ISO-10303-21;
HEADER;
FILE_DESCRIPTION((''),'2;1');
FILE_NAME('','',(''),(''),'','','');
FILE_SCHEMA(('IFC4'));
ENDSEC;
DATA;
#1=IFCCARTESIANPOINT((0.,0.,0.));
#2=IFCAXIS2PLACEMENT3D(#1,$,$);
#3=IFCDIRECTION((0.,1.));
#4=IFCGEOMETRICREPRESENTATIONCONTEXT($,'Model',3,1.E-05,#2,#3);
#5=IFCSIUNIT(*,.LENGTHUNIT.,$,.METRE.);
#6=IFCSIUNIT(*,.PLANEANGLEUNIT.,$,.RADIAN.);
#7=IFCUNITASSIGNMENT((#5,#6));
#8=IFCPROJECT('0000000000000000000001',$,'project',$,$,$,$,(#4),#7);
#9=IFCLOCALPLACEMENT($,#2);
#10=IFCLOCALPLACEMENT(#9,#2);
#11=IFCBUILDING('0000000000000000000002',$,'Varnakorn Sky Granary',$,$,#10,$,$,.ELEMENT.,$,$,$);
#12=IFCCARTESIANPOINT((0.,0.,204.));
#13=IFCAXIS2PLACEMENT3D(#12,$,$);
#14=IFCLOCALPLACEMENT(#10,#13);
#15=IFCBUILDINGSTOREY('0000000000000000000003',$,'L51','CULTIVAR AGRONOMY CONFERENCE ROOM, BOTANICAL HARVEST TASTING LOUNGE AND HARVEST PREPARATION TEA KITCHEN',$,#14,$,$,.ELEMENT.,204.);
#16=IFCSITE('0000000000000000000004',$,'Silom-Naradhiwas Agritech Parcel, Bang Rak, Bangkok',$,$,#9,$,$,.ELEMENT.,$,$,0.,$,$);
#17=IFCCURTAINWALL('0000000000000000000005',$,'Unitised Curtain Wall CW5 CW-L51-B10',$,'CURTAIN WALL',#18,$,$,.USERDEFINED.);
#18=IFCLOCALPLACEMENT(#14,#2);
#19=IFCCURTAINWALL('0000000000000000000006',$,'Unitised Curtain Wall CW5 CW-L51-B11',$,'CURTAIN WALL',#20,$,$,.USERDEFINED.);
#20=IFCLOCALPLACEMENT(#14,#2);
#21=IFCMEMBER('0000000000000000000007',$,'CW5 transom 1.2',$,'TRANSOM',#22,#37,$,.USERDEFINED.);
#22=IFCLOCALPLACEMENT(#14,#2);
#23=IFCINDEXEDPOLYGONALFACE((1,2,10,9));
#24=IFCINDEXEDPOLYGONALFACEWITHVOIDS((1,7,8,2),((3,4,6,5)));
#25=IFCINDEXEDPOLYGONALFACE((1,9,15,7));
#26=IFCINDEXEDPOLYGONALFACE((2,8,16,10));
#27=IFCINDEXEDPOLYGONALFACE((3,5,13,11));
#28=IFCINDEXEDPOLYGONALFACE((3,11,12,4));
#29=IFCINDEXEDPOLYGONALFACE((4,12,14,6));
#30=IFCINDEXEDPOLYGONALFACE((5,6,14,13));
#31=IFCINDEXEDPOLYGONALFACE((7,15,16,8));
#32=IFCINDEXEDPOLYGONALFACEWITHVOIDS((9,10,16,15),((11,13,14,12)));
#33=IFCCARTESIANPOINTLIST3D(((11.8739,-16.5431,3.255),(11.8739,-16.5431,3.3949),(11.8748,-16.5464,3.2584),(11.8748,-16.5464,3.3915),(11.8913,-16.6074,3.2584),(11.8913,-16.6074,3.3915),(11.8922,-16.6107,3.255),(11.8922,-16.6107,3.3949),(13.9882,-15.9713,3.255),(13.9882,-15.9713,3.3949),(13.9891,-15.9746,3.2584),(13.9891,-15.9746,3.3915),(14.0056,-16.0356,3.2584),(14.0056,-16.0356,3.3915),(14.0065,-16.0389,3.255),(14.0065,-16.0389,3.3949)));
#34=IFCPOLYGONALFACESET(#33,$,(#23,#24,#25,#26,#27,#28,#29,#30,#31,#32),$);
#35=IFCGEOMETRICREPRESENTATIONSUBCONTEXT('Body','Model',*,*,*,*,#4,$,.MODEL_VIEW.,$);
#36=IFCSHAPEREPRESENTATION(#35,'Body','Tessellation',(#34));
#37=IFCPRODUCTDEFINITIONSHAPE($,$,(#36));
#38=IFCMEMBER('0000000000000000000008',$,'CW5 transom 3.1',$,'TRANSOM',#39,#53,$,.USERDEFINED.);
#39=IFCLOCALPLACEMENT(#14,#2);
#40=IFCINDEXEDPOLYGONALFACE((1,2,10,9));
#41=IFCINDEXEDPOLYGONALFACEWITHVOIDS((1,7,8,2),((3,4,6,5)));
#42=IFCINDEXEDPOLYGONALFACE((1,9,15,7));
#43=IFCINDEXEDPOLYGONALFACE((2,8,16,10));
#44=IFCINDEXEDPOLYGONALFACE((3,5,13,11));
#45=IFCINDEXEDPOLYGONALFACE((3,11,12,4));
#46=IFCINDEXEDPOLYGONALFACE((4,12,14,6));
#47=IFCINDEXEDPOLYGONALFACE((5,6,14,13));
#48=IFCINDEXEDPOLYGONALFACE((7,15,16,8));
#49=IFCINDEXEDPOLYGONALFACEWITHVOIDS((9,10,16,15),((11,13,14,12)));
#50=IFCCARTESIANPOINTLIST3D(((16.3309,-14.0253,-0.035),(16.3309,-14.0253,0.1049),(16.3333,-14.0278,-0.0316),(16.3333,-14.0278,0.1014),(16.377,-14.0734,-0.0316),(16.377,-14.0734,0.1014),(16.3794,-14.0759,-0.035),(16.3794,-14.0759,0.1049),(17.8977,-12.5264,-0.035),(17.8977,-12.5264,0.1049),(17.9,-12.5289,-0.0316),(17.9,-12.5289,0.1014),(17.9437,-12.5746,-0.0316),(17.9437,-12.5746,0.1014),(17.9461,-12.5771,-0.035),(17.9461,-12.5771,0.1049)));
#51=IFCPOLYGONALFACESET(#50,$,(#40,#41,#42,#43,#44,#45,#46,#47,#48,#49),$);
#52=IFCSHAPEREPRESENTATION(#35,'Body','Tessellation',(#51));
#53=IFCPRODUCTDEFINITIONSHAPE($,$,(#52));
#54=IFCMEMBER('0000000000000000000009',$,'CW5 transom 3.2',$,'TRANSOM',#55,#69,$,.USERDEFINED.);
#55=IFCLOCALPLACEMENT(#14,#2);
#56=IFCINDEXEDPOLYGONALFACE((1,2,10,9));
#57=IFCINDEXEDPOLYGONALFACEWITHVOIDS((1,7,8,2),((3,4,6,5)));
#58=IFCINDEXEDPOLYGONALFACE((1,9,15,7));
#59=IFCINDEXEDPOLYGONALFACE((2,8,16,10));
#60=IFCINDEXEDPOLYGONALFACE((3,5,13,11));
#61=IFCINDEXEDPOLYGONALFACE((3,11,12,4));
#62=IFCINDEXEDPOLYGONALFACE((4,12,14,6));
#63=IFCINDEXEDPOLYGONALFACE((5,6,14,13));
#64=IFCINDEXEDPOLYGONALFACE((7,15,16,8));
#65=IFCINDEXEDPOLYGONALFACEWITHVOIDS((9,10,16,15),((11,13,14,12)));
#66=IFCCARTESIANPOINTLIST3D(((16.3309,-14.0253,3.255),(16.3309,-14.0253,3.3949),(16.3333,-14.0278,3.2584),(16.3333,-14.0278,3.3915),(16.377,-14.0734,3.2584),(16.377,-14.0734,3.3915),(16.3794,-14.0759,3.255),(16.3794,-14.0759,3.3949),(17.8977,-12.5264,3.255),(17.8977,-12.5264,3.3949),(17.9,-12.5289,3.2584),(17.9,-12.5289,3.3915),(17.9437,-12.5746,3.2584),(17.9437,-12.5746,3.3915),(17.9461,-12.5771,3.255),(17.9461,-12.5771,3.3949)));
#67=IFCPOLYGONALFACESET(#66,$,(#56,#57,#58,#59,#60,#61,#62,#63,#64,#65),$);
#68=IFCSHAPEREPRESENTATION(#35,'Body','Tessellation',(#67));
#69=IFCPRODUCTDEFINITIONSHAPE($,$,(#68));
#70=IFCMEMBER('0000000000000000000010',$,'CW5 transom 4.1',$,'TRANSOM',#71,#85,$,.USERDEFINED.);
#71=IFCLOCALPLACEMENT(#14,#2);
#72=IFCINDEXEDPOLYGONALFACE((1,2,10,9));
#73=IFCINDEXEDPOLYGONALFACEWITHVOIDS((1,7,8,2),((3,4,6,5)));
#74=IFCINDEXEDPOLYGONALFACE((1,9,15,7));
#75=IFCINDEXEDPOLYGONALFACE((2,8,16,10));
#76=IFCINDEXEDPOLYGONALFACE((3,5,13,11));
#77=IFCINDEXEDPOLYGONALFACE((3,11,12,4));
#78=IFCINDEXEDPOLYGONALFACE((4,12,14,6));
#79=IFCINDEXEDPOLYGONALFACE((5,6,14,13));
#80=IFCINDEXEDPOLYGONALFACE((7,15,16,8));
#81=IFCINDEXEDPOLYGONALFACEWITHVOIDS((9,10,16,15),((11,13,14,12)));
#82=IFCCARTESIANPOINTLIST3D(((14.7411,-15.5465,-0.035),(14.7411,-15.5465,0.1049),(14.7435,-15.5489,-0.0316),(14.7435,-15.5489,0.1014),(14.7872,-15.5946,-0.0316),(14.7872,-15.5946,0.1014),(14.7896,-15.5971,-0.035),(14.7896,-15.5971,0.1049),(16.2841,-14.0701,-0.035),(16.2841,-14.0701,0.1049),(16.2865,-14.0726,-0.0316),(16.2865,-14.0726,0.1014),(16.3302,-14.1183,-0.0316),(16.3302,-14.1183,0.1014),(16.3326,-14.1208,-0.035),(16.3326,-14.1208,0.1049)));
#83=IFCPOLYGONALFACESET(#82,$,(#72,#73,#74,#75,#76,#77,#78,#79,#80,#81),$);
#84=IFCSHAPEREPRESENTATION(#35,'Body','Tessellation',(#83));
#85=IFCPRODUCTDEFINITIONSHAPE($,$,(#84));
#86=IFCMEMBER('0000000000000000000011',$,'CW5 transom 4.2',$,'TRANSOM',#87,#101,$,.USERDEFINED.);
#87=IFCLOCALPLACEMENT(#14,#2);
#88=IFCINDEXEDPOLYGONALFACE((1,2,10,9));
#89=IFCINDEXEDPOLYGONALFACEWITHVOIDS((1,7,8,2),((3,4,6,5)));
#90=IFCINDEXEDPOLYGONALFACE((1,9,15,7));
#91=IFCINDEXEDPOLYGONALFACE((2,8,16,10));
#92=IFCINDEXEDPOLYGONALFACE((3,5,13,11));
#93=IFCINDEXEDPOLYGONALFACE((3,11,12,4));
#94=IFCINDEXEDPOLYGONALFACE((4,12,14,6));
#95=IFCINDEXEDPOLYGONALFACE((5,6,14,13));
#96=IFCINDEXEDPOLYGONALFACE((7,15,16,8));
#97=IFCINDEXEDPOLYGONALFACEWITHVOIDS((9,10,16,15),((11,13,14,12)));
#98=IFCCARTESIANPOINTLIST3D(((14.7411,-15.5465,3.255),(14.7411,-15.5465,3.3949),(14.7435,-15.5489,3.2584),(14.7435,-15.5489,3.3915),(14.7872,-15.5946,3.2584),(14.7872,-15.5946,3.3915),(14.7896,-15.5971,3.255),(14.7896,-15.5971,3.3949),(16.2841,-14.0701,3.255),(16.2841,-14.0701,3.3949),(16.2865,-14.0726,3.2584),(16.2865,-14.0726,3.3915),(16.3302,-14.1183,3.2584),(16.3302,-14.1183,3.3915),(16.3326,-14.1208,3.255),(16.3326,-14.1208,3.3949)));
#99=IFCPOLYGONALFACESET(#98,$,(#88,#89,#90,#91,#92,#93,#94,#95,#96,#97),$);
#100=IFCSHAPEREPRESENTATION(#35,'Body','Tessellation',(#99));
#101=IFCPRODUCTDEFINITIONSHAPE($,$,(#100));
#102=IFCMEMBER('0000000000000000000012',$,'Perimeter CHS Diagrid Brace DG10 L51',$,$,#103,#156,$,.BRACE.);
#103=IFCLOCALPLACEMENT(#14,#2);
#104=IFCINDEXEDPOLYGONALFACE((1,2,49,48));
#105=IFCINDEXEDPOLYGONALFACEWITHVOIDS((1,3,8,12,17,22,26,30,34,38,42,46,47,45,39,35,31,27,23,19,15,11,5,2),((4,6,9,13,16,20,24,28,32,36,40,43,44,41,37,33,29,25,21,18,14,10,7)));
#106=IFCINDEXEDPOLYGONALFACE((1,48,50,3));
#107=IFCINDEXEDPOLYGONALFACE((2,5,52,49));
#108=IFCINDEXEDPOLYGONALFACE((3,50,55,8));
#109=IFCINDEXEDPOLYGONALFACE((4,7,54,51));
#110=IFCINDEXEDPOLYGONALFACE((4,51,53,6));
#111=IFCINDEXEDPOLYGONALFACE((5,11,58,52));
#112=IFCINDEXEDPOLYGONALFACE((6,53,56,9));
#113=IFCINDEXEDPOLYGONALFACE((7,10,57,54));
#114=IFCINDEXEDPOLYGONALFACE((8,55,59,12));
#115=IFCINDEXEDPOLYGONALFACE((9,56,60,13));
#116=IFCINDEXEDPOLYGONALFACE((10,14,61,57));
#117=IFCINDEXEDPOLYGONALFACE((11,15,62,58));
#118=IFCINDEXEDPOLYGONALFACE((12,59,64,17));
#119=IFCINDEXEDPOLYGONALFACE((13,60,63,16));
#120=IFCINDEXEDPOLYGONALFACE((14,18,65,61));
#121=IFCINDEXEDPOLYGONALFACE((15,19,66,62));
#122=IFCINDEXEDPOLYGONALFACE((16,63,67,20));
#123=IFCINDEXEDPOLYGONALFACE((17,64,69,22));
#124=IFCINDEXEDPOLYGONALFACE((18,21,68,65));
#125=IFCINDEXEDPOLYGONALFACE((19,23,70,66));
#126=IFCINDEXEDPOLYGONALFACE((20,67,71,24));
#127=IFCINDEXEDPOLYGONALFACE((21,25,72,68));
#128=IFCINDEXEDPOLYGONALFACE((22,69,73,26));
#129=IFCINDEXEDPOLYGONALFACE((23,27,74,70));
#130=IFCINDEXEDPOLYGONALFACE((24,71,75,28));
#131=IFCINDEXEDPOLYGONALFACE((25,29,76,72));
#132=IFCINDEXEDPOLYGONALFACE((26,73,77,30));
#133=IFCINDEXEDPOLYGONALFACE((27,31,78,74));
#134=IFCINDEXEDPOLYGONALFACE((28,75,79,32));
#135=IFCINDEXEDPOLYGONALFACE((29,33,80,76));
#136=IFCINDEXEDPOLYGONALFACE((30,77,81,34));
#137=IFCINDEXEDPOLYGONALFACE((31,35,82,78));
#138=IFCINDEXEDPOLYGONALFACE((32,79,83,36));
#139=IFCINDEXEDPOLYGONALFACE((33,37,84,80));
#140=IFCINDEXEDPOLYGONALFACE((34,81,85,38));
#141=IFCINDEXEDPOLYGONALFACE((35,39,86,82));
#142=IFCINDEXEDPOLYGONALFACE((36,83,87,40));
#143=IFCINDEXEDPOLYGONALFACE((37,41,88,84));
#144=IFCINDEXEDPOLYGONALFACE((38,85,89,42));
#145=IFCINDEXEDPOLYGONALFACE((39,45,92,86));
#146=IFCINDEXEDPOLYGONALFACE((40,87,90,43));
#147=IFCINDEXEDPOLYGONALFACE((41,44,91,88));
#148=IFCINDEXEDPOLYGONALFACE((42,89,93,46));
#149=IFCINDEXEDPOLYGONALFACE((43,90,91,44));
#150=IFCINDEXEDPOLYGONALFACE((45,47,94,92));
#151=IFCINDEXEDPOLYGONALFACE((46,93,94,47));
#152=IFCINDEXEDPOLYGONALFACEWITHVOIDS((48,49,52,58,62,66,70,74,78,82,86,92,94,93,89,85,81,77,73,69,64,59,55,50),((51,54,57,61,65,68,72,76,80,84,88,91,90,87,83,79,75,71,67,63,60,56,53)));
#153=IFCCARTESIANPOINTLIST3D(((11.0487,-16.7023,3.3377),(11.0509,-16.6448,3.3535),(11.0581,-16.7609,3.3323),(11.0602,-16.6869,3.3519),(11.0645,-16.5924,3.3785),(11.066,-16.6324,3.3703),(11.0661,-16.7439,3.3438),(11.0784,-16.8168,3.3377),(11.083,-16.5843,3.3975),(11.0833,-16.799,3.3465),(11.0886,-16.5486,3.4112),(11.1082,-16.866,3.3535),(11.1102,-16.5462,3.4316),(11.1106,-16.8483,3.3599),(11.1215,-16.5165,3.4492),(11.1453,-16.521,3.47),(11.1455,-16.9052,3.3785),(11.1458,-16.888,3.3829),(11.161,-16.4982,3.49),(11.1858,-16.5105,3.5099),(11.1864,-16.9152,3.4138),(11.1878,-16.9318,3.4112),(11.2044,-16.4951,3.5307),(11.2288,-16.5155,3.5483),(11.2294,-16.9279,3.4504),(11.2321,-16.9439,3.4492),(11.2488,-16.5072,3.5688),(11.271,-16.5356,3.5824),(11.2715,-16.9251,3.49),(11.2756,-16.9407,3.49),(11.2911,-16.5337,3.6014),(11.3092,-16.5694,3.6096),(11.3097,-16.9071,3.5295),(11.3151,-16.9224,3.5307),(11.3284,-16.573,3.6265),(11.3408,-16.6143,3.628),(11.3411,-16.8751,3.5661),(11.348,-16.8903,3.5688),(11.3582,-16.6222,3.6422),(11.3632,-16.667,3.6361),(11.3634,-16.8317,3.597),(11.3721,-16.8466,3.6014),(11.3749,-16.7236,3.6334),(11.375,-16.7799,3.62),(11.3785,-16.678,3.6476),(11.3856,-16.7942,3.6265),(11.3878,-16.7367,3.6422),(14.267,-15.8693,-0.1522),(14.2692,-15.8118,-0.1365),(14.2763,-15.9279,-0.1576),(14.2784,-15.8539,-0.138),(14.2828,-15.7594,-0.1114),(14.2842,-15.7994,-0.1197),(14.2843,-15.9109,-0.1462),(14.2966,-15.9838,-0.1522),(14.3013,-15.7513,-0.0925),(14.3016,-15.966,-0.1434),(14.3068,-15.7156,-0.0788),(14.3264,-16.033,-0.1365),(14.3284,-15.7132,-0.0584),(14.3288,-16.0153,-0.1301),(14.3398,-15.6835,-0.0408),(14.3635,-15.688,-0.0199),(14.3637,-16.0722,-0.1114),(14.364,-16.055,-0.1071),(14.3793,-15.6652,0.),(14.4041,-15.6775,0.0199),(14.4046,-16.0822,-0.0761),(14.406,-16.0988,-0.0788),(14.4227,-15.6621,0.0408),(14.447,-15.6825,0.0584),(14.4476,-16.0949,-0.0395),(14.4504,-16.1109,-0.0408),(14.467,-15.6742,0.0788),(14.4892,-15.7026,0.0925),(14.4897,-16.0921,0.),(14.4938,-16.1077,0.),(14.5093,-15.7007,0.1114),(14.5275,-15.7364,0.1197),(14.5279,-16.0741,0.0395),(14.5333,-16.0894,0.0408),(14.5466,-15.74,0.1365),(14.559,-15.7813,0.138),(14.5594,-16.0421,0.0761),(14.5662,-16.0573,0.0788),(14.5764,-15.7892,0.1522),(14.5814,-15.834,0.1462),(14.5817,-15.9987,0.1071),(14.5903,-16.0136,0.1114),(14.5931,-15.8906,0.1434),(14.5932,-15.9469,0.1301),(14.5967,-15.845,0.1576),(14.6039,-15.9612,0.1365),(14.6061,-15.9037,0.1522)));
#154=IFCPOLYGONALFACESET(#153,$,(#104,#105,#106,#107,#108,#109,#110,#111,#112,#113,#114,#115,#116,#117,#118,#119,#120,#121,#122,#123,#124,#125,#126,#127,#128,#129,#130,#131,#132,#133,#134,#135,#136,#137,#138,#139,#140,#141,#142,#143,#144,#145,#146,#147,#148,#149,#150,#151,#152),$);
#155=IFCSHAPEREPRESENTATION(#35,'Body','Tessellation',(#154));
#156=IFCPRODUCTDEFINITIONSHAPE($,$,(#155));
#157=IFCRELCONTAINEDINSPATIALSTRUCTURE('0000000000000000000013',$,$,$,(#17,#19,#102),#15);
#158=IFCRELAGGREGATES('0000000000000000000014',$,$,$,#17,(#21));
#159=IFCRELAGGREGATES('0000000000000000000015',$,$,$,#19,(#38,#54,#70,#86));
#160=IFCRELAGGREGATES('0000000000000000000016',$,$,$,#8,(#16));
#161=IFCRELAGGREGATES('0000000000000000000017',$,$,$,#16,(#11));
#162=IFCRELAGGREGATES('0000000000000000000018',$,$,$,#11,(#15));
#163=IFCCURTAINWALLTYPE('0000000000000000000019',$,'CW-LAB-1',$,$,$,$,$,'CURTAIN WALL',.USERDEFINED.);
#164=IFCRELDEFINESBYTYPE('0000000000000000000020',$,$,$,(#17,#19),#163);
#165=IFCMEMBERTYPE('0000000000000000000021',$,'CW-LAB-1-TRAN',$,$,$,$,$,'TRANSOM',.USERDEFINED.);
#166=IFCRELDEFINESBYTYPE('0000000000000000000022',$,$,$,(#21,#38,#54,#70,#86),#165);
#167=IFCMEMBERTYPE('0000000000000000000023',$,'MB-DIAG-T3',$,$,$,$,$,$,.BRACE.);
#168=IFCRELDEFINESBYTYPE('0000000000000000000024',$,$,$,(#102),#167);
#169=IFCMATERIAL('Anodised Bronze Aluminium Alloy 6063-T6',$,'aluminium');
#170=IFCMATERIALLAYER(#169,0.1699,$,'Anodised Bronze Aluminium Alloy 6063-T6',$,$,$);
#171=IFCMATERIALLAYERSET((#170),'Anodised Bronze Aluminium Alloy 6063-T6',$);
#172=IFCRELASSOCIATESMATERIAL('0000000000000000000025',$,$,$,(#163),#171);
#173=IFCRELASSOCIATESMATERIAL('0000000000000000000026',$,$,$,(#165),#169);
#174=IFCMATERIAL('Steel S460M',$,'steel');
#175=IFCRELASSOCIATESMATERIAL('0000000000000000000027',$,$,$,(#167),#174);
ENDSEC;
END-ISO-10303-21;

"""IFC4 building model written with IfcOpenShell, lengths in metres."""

from ifc_helpers import new_model, si_unit, direction, frame, origin, origin_2d, place, context, subcontext, project, spatial, hollow_rectangle, hollow_circle, extrude, material, layer, layer_set, material_profile, profile_set, type_object, element, aggregate, save


model = new_model("IFC4")

# Units and contexts
model_context = context("Model", 3, precision=1e-05, world=origin(), true_north=direction((0.0, 1.0)))
body_context = subcontext(model_context, "Body", "Model", "MODEL_VIEW")
ifc_project = project(units=[si_unit("LENGTHUNIT", "METRE"), si_unit("PLANEANGLEUNIT", "RADIAN")], contexts=[model_context])

# Site, building, storey
site_placement = place(None, origin())
site = spatial("IfcSite", under=ifc_project, at=site_placement, Name="Silom-Naradhiwas Agritech Parcel, Bang Rak, Bangkok", CompositionType="ELEMENT", RefElevation=0.0)
building_placement = place(site_placement, origin())
building = spatial("IfcBuilding", under=site, at=building_placement, Name="Varnakorn Sky Granary", CompositionType="ELEMENT")
storey_placement = place(building_placement, frame((0.0, 0.0, 204.0)))
storey = spatial("IfcBuildingStorey", under=building, at=storey_placement, Name="L51", Description="CULTIVAR AGRONOMY CONFERENCE ROOM, BOTANICAL HARVEST TASTING LOUNGE AND HARVEST PREPARATION TEA KITCHEN", CompositionType="ELEMENT", Elevation=204.0)

# Shared definitions
ifc_material_1 = material(Name="Steel S460M", Category="steel")

# Curtain wall
ifc_material_2 = material(Name="Anodised Bronze Aluminium Alloy 6063-T6", Category="aluminium")
ifc_layer_1 = layer(ifc_material_2, 0.1699, Name="Anodised Bronze Aluminium Alloy 6063-T6")
ifc_layer_set_1 = layer_set([ifc_layer_1], Name="Anodised Bronze Aluminium Alloy 6063-T6")
curtain_wall_type = type_object("IfcCurtainWallType", Name="CW-LAB-1", ElementType="CURTAIN WALL", PredefinedType="USERDEFINED", material=ifc_layer_set_1)
curtain_wall_1_placement = place(storey_placement, origin())
curtain_wall_1 = element("IfcCurtainWall", 1, at=curtain_wall_1_placement, inside=storey, type_object=curtain_wall_type, Name="Unitised Curtain Wall CW5 CW-L51-B10", ObjectType="CURTAIN WALL", PredefinedType="USERDEFINED")

# Curtain wall
curtain_wall_2_placement = place(storey_placement, origin())
curtain_wall_2 = element("IfcCurtainWall", 2, at=curtain_wall_2_placement, inside=storey, type_object=curtain_wall_type, Name="Unitised Curtain Wall CW5 CW-L51-B11", ObjectType="CURTAIN WALL", PredefinedType="USERDEFINED")

# Members
ifc_material_profile_1 = material_profile(ifc_material_2, hollow_rectangle(XDim=0.0701, YDim=0.1399, WallThickness=0.0034, at=origin_2d()), Name="ALU TRAN 70x140")
ifc_profile_set_1 = profile_set([ifc_material_profile_1], Name="Anodised Bronze Aluminium Alloy 6063-T6")
member_type_1 = type_object("IfcMemberType", Name="CW-LAB-1-TRAN", ElementType="TRANSOM", PredefinedType="USERDEFINED", material=ifc_profile_set_1)
member_1_placement = place(storey_placement, frame((13.9973, -16.0051, 3.325), z_axis=(-0.965322, -0.261061, 0.0), x_axis=(0.261061, -0.965322, 0.0)))
member_1 = element("IfcMember", 3, at=member_1_placement, type_object=member_type_1, Name="CW5 transom 1.2", ObjectType="TRANSOM", PredefinedType="USERDEFINED", context=body_context, shape_type="SweptSolid", body=[
    extrude(hollow_rectangle(XDim=0.0701, YDim=0.1399, WallThickness=0.0034, at=origin_2d()), origin(), (0.0, 0.0, 1.0), 2.1902),
])
aggregate(curtain_wall_1, [member_1])
member_2_placement = place(storey_placement, frame((17.9219, -12.5518, 0.0349), z_axis=(-0.722586, -0.691281, 0.0), x_axis=(0.691281, -0.722586, 0.0)))
member_2 = element("IfcMember", 4, at=member_2_placement, type_object=member_type_1, Name="CW5 transom 3.1", ObjectType="TRANSOM", PredefinedType="USERDEFINED", context=body_context, shape_type="SweptSolid", body=[
    extrude(hollow_rectangle(XDim=0.0701, YDim=0.1399, WallThickness=0.0034, at=origin_2d()), origin(), (0.0, 0.0, 1.0), 2.1682),
])
member_3_placement = place(storey_placement, frame((17.9219, -12.5518, 3.325), z_axis=(-0.722586, -0.691281, 0.0), x_axis=(0.691281, -0.722586, 0.0)))
member_3 = element("IfcMember", 5, at=member_3_placement, type_object=member_type_1, Name="CW5 transom 3.2", ObjectType="TRANSOM", PredefinedType="USERDEFINED", context=body_context, shape_type="SweptSolid", body=[
    extrude(hollow_rectangle(XDim=0.0701, YDim=0.1399, WallThickness=0.0034, at=origin_2d()), origin(), (0.0, 0.0, 1.0), 2.1682),
])
member_4_placement = place(storey_placement, frame((16.3083, -14.0955, 0.0349), z_axis=(-0.72254, -0.691329, 0.0), x_axis=(0.691329, -0.72254, 0.0)))
member_4 = element("IfcMember", 6, at=member_4_placement, type_object=member_type_1, Name="CW5 transom 4.1", ObjectType="TRANSOM", PredefinedType="USERDEFINED", context=body_context, shape_type="SweptSolid", body=[
    extrude(hollow_rectangle(XDim=0.0701, YDim=0.1399, WallThickness=0.0034, at=origin_2d()), origin(), (0.0, 0.0, 1.0), 2.1355),
])
member_5_placement = place(storey_placement, frame((16.3083, -14.0955, 3.325), z_axis=(-0.72254, -0.691329, 0.0), x_axis=(0.691329, -0.72254, 0.0)))
member_5 = element("IfcMember", 7, at=member_5_placement, type_object=member_type_1, Name="CW5 transom 4.2", ObjectType="TRANSOM", PredefinedType="USERDEFINED", context=body_context, shape_type="SweptSolid", body=[
    extrude(hollow_rectangle(XDim=0.0701, YDim=0.1399, WallThickness=0.0034, at=origin_2d()), origin(), (0.0, 0.0, 1.0), 2.1355),
])

# Member
ifc_material_profile_2 = material_profile(ifc_material_1, hollow_circle(Radius=0.2285, WallThickness=0.0161, at=origin_2d()), Name="CHS 457x16")
ifc_profile_set_2 = profile_set([ifc_material_profile_2], Name="Steel S460M")
member_type_2 = type_object("IfcMemberType", Name="MB-DIAG-T3", PredefinedType="BRACE", material=ifc_profile_set_2)
member_6_placement = place(storey_placement, frame((14.4365, -15.8865, 0.0), z_axis=(-0.667707, -0.172828, 0.724084), x_axis=(0.25058, -0.968096, 0.0)))
element("IfcMember", 8, at=member_6_placement, inside=storey, type_object=member_type_2, Name="Perimeter CHS Diagrid Brace DG10 L51", PredefinedType="BRACE", context=body_context, shape_type="SweptSolid", body=[
    extrude(hollow_circle(Radius=0.2285, WallThickness=0.0161, at=origin_2d()), origin(), (0.0, 0.0, 1.0), 4.8198),
])

aggregate(curtain_wall_2, [member_2, member_3, member_4, member_5])

save(model, "model.ifc")
